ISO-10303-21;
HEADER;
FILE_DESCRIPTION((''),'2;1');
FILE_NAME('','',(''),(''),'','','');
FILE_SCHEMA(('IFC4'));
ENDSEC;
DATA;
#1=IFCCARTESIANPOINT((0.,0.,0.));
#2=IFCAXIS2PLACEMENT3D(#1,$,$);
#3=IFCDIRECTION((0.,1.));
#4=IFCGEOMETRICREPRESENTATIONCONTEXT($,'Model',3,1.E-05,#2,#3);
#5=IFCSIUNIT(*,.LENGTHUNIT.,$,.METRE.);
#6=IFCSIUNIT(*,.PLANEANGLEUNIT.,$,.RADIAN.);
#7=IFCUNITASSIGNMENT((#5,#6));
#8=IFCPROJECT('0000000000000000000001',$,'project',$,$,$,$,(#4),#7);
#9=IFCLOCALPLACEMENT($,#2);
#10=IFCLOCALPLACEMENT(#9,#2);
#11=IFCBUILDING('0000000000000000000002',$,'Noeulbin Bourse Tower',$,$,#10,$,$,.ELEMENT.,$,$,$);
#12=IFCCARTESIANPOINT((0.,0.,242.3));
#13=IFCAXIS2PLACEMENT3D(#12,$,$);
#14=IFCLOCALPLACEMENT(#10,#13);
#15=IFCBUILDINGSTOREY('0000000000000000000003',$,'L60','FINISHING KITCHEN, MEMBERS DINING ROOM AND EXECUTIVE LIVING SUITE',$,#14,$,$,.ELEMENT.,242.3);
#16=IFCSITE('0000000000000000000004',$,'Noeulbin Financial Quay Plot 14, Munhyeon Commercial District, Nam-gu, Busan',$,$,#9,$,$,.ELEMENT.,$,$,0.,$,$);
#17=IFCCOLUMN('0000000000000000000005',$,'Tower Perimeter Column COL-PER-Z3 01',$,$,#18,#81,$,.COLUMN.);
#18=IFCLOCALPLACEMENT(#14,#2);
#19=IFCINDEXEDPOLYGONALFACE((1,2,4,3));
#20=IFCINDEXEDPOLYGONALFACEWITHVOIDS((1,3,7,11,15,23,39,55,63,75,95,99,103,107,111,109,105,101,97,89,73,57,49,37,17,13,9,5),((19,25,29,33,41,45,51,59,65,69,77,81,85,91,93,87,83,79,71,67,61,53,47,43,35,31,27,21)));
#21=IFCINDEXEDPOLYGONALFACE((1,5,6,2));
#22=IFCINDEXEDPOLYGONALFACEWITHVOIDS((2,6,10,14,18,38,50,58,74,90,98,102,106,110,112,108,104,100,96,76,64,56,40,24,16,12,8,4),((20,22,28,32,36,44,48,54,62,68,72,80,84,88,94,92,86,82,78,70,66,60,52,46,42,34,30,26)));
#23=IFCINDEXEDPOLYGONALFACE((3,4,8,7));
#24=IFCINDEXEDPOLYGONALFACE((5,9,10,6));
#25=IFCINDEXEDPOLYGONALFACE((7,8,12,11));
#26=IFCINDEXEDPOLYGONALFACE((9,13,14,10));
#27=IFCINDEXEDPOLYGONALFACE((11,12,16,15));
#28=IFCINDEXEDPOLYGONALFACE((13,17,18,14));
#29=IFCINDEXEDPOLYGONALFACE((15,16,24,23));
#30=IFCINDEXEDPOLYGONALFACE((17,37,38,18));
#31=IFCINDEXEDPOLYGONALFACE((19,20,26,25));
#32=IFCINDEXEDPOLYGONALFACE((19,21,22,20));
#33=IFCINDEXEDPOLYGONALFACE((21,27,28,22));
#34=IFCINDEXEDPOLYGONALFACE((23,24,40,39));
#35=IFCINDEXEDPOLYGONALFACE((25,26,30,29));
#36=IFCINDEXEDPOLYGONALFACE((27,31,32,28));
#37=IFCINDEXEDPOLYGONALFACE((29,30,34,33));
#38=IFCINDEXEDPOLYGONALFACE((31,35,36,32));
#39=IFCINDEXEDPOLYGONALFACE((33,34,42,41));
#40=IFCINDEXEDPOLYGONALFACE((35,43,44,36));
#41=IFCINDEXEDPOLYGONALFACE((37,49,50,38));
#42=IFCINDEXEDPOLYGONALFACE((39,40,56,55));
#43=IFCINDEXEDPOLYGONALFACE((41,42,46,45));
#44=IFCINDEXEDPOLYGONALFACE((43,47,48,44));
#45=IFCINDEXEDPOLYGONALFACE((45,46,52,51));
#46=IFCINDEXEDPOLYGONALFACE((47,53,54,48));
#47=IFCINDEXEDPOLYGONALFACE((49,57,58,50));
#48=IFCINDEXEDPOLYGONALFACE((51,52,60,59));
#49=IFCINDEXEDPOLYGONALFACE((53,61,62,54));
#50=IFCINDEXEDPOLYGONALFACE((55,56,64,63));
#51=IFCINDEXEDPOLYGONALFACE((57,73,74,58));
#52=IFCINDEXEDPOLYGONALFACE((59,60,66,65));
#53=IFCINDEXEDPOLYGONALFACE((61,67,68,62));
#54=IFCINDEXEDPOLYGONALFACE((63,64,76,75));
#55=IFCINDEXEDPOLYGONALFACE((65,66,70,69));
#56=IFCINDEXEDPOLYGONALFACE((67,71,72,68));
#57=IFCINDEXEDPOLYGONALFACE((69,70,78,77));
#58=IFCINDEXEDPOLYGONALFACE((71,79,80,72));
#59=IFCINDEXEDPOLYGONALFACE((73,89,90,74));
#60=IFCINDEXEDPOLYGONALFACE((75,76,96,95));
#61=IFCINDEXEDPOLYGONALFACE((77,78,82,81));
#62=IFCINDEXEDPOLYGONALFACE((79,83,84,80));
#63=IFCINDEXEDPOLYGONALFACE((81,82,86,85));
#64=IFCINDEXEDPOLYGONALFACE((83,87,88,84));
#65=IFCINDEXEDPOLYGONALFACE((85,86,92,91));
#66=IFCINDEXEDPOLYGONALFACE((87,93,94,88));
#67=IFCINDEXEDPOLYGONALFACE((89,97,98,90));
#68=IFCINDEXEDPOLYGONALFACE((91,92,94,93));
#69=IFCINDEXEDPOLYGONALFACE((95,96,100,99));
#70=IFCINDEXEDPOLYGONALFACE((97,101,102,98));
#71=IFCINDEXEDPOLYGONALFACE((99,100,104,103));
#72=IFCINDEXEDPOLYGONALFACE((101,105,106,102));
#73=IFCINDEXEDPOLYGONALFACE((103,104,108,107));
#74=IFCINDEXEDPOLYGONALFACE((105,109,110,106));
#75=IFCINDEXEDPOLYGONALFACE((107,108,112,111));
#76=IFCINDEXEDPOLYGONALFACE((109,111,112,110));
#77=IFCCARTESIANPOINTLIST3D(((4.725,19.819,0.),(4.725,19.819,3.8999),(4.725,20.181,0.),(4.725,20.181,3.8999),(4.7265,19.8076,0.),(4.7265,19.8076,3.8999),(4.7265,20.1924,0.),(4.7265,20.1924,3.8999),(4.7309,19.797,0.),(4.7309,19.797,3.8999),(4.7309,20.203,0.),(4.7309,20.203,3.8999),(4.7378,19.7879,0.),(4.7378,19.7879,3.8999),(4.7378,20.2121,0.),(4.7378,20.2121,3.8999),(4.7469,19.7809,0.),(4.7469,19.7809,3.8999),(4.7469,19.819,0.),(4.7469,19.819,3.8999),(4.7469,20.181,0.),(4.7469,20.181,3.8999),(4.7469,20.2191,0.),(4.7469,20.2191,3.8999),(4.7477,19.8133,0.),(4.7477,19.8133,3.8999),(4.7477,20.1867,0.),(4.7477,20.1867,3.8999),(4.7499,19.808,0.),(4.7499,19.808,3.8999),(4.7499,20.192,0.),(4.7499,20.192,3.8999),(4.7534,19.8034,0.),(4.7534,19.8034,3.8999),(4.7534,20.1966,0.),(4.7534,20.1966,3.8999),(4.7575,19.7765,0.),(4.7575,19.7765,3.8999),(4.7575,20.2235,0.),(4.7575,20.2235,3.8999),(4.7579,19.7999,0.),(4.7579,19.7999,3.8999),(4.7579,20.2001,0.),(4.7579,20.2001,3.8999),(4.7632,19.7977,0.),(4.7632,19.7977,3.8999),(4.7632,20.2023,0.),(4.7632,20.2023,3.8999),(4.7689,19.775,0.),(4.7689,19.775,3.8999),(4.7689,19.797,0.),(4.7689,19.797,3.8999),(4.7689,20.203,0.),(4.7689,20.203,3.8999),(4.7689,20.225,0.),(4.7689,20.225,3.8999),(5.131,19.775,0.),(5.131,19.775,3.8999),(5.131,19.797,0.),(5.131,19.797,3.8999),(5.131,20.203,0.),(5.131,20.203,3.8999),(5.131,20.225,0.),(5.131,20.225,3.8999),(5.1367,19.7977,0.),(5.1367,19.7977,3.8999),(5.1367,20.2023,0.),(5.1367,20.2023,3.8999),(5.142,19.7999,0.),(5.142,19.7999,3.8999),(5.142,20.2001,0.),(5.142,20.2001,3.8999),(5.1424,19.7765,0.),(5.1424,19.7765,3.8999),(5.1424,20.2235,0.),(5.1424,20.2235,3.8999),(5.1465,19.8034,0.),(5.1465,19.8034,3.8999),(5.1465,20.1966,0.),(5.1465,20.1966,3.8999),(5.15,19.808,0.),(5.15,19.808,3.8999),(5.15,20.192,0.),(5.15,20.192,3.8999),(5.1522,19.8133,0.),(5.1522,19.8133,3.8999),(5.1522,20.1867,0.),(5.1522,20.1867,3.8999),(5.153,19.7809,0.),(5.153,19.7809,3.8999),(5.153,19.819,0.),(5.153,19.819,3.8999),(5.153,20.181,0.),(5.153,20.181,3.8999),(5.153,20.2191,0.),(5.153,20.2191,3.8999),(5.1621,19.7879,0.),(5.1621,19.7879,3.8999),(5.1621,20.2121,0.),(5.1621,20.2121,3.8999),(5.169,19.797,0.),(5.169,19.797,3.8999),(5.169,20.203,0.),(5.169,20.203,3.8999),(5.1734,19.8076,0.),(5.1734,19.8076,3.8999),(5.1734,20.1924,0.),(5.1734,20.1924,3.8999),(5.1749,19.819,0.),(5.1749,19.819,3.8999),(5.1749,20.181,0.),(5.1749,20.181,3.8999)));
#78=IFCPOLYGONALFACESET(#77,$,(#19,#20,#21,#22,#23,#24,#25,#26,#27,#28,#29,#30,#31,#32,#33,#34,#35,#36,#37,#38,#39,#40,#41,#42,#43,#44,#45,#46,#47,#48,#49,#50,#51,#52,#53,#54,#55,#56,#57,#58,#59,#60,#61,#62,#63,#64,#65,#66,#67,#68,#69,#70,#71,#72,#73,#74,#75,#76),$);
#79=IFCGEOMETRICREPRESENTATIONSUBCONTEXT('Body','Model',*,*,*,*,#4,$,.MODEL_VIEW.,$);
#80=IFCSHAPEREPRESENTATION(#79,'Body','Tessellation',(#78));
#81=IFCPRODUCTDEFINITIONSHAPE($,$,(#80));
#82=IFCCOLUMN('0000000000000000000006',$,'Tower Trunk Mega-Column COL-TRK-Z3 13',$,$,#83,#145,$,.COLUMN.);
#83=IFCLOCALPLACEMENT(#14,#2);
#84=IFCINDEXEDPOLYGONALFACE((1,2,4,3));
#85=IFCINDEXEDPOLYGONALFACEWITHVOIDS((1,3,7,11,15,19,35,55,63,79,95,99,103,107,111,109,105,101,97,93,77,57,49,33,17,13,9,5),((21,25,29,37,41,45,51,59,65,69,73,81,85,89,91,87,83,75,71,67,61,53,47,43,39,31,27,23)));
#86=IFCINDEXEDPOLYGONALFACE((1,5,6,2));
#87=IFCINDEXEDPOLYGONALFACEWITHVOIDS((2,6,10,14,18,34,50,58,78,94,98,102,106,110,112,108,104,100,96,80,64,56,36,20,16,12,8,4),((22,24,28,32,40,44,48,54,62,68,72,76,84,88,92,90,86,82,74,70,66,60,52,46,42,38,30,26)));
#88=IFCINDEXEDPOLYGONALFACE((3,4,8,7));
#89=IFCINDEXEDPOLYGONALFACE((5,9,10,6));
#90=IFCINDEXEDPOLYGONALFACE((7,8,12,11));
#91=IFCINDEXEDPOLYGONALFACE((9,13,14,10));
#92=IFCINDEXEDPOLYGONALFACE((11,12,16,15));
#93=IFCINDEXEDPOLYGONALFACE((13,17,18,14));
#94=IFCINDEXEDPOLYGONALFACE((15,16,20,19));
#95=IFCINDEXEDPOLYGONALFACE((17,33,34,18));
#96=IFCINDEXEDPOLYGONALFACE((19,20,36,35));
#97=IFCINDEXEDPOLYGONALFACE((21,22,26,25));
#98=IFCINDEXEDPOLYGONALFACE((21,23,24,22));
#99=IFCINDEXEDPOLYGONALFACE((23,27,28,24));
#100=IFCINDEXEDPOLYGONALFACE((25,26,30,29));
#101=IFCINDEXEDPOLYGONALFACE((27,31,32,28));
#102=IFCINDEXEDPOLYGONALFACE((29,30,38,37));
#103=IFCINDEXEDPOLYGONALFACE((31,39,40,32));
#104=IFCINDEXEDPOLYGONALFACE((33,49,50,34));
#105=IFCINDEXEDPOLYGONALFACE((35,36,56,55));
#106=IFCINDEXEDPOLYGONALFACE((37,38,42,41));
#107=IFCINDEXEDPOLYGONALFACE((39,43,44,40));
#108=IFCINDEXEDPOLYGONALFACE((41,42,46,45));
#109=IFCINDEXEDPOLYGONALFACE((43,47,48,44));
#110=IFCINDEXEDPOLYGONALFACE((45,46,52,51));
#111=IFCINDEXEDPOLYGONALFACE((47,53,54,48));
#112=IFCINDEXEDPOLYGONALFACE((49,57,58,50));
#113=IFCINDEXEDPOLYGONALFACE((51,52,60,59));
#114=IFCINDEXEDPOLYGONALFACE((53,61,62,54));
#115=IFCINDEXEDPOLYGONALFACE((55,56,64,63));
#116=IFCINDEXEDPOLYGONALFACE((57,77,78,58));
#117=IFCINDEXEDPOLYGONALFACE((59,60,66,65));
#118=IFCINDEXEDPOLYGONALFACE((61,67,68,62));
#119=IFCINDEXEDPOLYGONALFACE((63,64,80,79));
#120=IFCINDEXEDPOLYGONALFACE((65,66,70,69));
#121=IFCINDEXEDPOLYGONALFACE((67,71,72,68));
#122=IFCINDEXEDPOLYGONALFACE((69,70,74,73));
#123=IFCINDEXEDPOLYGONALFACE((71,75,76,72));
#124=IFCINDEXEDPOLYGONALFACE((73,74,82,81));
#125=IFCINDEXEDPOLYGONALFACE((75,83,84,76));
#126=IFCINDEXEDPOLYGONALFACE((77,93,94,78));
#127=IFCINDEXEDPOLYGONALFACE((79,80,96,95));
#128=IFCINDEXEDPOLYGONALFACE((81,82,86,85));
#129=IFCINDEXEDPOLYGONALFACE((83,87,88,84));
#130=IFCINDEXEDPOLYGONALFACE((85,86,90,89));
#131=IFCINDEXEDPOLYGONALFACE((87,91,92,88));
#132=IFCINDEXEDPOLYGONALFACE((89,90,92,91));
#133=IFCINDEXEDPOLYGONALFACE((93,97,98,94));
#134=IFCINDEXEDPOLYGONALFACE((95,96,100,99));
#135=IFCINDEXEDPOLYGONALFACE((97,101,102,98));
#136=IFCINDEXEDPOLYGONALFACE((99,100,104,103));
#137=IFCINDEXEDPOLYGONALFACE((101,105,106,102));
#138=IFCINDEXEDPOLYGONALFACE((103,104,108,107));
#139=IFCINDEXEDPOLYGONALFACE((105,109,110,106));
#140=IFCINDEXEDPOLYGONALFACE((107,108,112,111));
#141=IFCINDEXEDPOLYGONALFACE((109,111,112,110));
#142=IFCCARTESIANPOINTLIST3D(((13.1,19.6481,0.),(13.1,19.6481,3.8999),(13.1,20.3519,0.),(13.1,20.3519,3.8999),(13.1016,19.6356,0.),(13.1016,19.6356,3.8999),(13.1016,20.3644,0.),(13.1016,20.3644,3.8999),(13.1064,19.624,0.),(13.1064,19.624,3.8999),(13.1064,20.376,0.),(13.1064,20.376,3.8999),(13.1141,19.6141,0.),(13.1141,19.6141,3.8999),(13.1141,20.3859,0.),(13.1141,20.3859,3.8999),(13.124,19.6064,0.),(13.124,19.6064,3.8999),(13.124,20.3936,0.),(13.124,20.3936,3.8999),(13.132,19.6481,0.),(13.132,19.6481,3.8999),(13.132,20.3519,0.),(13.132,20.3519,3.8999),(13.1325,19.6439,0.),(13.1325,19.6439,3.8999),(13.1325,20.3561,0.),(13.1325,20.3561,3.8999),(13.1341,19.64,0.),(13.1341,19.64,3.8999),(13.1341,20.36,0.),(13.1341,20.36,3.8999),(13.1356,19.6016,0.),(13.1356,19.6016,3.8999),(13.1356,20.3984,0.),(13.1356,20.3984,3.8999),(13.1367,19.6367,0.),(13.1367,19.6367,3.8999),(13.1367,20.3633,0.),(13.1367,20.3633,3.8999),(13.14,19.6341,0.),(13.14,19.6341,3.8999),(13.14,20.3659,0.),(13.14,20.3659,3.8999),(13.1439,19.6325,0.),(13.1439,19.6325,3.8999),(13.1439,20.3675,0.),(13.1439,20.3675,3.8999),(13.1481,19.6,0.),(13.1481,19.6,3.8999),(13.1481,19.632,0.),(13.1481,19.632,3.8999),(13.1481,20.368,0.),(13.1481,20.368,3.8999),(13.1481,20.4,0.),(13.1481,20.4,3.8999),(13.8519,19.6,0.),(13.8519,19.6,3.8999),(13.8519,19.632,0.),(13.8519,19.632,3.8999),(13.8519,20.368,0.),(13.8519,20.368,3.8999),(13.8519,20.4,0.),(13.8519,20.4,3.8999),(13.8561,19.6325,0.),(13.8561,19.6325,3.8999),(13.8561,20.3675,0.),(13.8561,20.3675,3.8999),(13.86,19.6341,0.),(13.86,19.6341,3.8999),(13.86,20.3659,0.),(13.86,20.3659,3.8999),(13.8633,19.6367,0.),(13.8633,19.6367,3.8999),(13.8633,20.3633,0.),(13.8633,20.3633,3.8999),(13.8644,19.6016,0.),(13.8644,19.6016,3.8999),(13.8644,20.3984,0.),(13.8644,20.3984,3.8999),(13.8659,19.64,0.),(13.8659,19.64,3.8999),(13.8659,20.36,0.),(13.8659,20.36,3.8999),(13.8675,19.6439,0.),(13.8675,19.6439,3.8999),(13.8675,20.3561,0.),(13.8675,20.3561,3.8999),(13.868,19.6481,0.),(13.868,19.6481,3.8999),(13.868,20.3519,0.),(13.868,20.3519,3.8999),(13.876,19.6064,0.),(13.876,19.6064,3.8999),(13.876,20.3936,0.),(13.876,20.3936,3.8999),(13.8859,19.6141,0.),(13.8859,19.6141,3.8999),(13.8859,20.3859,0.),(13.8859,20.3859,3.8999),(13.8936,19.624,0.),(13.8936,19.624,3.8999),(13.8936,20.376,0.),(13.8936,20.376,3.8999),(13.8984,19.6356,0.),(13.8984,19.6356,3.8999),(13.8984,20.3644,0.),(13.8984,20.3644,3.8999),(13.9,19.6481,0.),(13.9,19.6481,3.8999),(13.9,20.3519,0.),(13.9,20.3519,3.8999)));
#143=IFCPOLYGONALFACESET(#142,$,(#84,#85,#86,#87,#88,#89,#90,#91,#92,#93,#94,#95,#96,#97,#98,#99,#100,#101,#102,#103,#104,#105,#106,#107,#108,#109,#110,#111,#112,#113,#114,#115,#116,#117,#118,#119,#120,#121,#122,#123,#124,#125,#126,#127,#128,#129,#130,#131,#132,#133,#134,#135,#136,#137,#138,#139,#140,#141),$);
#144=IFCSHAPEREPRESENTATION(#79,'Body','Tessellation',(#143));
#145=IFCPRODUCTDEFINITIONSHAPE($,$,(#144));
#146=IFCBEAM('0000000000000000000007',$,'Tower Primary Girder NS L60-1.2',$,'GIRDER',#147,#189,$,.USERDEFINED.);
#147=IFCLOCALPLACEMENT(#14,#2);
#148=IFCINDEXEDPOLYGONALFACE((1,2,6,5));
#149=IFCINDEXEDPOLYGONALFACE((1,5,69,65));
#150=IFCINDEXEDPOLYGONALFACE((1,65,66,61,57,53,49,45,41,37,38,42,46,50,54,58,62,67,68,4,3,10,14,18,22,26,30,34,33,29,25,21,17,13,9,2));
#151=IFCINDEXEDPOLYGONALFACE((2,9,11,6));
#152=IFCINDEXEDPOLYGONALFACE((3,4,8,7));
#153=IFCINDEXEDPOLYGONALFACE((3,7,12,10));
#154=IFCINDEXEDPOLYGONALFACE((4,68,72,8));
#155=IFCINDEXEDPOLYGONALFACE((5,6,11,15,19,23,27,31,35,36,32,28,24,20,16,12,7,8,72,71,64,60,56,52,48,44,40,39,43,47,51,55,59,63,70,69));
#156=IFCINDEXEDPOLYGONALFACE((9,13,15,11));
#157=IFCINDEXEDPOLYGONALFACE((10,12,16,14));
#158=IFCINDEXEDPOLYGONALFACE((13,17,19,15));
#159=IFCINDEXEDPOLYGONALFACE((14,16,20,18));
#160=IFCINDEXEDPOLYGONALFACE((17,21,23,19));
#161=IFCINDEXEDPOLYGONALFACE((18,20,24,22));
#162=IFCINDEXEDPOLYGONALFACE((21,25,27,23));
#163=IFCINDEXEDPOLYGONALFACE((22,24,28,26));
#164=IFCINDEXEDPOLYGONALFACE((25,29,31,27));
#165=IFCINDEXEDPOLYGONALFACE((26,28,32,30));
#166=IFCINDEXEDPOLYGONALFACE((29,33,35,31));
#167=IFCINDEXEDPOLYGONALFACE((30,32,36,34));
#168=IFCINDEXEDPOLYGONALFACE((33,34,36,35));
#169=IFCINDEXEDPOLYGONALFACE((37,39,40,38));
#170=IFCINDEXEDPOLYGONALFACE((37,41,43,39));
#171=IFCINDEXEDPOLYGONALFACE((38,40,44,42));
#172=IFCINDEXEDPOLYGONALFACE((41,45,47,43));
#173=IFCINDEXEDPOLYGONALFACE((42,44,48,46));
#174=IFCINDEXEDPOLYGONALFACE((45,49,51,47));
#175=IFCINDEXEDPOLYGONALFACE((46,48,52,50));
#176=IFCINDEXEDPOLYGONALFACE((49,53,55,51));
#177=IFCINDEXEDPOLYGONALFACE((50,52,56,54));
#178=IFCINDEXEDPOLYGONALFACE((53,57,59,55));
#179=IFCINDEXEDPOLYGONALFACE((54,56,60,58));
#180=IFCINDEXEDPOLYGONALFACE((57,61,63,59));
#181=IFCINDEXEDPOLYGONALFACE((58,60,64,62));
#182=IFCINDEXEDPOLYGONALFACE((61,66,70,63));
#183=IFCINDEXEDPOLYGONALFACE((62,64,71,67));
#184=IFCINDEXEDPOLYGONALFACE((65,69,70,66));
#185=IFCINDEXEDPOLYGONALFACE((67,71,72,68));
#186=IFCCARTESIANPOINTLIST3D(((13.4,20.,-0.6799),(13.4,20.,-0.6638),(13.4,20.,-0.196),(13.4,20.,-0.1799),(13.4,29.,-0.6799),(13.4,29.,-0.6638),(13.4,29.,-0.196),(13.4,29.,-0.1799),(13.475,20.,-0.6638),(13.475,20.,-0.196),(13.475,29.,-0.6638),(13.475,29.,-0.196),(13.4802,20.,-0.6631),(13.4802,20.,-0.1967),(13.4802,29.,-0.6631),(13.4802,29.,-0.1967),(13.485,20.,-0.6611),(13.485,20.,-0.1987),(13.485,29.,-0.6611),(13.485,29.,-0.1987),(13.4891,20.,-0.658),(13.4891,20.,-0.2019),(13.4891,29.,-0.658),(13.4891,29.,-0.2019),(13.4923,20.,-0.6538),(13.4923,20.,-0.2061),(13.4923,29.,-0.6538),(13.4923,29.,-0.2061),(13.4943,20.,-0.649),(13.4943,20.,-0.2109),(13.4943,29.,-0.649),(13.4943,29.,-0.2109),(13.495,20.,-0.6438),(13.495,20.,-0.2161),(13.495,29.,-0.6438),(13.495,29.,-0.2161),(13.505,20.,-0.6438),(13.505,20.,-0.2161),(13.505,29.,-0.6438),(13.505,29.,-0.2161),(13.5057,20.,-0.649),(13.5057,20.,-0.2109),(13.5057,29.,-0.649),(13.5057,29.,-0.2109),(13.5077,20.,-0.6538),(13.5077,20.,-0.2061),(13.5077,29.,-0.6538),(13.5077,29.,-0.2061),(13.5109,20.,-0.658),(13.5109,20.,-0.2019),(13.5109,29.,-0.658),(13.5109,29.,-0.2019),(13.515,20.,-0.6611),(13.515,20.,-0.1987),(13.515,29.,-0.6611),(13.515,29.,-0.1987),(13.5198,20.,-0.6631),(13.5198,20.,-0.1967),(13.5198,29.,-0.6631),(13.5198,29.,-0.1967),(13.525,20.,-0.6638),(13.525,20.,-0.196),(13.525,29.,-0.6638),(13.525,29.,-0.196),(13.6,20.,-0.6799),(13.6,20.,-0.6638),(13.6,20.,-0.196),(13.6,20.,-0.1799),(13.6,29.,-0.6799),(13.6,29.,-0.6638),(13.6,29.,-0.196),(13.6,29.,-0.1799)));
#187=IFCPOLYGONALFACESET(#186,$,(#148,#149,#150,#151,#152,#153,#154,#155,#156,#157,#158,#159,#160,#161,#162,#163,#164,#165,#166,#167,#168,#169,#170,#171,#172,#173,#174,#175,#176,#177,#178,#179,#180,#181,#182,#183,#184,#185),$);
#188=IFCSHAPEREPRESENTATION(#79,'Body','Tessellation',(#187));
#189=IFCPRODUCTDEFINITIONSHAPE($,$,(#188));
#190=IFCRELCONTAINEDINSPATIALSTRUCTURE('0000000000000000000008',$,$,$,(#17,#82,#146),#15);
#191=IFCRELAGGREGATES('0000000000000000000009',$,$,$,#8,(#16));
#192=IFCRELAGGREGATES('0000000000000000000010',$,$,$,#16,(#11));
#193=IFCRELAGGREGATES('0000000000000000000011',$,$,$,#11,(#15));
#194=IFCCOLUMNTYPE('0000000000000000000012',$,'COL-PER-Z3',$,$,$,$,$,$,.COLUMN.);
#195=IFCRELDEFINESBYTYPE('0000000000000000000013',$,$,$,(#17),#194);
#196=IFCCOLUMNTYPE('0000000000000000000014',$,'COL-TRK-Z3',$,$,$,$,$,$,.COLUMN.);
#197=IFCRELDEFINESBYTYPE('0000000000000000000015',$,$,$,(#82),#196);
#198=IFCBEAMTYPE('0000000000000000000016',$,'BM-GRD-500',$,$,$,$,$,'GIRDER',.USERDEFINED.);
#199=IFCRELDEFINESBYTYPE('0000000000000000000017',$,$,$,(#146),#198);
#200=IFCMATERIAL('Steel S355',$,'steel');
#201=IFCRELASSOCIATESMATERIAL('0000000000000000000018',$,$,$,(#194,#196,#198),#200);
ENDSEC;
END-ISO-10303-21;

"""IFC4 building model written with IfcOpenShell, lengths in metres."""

from ifc_helpers import new_model, si_unit, direction, frame, origin, origin_2d, place, context, subcontext, project, spatial, hollow_rectangle, i_section, extrude, material, material_profile, profile_set, type_object, element, save


model = new_model("IFC4")

# Units and contexts
model_context = context("Model", 3, precision=1e-05, world=origin(), true_north=direction((0.0, 1.0)))
body_context = subcontext(model_context, "Body", "Model", "MODEL_VIEW")
ifc_project = project(units=[si_unit("LENGTHUNIT", "METRE"), si_unit("PLANEANGLEUNIT", "RADIAN")], contexts=[model_context])

# Site, building, storey
site_placement = place(None, origin())
site = spatial("IfcSite", under=ifc_project, at=site_placement, Name="Noeulbin Financial Quay Plot 14, Munhyeon Commercial District, Nam-gu, Busan", CompositionType="ELEMENT", RefElevation=0.0)
building_placement = place(site_placement, origin())
building = spatial("IfcBuilding", under=site, at=building_placement, Name="Noeulbin Bourse Tower", CompositionType="ELEMENT")
storey_placement = place(building_placement, frame((0.0, 0.0, 242.3)))
storey = spatial("IfcBuildingStorey", under=building, at=storey_placement, Name="L60", Description="FINISHING KITCHEN, MEMBERS DINING ROOM AND EXECUTIVE LIVING SUITE", CompositionType="ELEMENT", Elevation=242.3)

# Columns
ifc_material_1 = material(Name="Steel S355", Category="steel")
ifc_material_profile_1 = material_profile(ifc_material_1, hollow_rectangle(XDim=0.45, YDim=0.45, WallThickness=0.022, InnerFilletRadius=0.022, OuterFilletRadius=0.0439, at=origin_2d()), Name="SHS-450x450x22", Category="LoadBearing")
ifc_profile_set_1 = profile_set([ifc_material_profile_1], Name="Steel S355")
column_type_1 = type_object("IfcColumnType", Name="COL-PER-Z3", PredefinedType="COLUMN", material=ifc_profile_set_1)
column_1_placement = place(storey_placement, frame((4.95, 20.0, 0.0), z_axis=(0.0, 0.0, 1.0), x_axis=(1.0, 0.0, 0.0)))
element("IfcColumn", 1, at=column_1_placement, inside=storey, type_object=column_type_1, Name="Tower Perimeter Column COL-PER-Z3 01", PredefinedType="COLUMN", context=body_context, shape_type="SweptSolid", body=[
    extrude(hollow_rectangle(XDim=0.45, YDim=0.45, WallThickness=0.022, InnerFilletRadius=0.022, OuterFilletRadius=0.0439, at=origin_2d()), origin(), (0.0, 0.0, 1.0), 3.8999),
])
ifc_material_profile_2 = material_profile(ifc_material_1, hollow_rectangle(XDim=0.8, YDim=0.8, WallThickness=0.032, InnerFilletRadius=0.0161, OuterFilletRadius=0.0481, at=origin_2d()), Name="BOX-800x800x32", Category="LoadBearing")
ifc_profile_set_2 = profile_set([ifc_material_profile_2], Name="Steel S355")
column_type_2 = type_object("IfcColumnType", Name="COL-TRK-Z3", PredefinedType="COLUMN", material=ifc_profile_set_2)
column_2_placement = place(storey_placement, frame((13.5, 20.0, 0.0), z_axis=(0.0, 0.0, 1.0), x_axis=(1.0, 0.0, 0.0)))
element("IfcColumn", 2, at=column_2_placement, inside=storey, type_object=column_type_2, Name="Tower Trunk Mega-Column COL-TRK-Z3 13", PredefinedType="COLUMN", context=body_context, shape_type="SweptSolid", body=[
    extrude(hollow_rectangle(XDim=0.8, YDim=0.8, WallThickness=0.032, InnerFilletRadius=0.0161, OuterFilletRadius=0.0481, at=origin_2d()), origin(), (0.0, 0.0, 1.0), 3.8999),
])

# Beam
ifc_material_profile_3 = material_profile(ifc_material_1, i_section(OverallWidth=0.2, OverallDepth=0.5, WebThickness=0.01, FlangeThickness=0.0161, FilletRadius=0.02, at=origin_2d()), Name="H-500x200x10x16", Category="LoadBearing")
ifc_profile_set_3 = profile_set([ifc_material_profile_3], Name="Steel S355")
beam_type_1 = type_object("IfcBeamType", Name="BM-GRD-500", ElementType="GIRDER", PredefinedType="USERDEFINED", material=ifc_profile_set_3)
beam_1_placement = place(storey_placement, frame((13.5, 20.0, -0.4299), z_axis=(0.0, 1.0, 0.0), x_axis=(-1.0, 0.0, 0.0)))
element("IfcBeam", 3, at=beam_1_placement, inside=storey, type_object=beam_type_1, Name="Tower Primary Girder NS L60-1.2", ObjectType="GIRDER", PredefinedType="USERDEFINED", context=body_context, shape_type="SweptSolid", body=[
    extrude(i_section(OverallWidth=0.2, OverallDepth=0.5, WebThickness=0.01, FlangeThickness=0.0161, FilletRadius=0.02, at=origin_2d()), origin(), (0.0, 0.0, 1.0), 9.0),
])

save(model, "model.ifc")
